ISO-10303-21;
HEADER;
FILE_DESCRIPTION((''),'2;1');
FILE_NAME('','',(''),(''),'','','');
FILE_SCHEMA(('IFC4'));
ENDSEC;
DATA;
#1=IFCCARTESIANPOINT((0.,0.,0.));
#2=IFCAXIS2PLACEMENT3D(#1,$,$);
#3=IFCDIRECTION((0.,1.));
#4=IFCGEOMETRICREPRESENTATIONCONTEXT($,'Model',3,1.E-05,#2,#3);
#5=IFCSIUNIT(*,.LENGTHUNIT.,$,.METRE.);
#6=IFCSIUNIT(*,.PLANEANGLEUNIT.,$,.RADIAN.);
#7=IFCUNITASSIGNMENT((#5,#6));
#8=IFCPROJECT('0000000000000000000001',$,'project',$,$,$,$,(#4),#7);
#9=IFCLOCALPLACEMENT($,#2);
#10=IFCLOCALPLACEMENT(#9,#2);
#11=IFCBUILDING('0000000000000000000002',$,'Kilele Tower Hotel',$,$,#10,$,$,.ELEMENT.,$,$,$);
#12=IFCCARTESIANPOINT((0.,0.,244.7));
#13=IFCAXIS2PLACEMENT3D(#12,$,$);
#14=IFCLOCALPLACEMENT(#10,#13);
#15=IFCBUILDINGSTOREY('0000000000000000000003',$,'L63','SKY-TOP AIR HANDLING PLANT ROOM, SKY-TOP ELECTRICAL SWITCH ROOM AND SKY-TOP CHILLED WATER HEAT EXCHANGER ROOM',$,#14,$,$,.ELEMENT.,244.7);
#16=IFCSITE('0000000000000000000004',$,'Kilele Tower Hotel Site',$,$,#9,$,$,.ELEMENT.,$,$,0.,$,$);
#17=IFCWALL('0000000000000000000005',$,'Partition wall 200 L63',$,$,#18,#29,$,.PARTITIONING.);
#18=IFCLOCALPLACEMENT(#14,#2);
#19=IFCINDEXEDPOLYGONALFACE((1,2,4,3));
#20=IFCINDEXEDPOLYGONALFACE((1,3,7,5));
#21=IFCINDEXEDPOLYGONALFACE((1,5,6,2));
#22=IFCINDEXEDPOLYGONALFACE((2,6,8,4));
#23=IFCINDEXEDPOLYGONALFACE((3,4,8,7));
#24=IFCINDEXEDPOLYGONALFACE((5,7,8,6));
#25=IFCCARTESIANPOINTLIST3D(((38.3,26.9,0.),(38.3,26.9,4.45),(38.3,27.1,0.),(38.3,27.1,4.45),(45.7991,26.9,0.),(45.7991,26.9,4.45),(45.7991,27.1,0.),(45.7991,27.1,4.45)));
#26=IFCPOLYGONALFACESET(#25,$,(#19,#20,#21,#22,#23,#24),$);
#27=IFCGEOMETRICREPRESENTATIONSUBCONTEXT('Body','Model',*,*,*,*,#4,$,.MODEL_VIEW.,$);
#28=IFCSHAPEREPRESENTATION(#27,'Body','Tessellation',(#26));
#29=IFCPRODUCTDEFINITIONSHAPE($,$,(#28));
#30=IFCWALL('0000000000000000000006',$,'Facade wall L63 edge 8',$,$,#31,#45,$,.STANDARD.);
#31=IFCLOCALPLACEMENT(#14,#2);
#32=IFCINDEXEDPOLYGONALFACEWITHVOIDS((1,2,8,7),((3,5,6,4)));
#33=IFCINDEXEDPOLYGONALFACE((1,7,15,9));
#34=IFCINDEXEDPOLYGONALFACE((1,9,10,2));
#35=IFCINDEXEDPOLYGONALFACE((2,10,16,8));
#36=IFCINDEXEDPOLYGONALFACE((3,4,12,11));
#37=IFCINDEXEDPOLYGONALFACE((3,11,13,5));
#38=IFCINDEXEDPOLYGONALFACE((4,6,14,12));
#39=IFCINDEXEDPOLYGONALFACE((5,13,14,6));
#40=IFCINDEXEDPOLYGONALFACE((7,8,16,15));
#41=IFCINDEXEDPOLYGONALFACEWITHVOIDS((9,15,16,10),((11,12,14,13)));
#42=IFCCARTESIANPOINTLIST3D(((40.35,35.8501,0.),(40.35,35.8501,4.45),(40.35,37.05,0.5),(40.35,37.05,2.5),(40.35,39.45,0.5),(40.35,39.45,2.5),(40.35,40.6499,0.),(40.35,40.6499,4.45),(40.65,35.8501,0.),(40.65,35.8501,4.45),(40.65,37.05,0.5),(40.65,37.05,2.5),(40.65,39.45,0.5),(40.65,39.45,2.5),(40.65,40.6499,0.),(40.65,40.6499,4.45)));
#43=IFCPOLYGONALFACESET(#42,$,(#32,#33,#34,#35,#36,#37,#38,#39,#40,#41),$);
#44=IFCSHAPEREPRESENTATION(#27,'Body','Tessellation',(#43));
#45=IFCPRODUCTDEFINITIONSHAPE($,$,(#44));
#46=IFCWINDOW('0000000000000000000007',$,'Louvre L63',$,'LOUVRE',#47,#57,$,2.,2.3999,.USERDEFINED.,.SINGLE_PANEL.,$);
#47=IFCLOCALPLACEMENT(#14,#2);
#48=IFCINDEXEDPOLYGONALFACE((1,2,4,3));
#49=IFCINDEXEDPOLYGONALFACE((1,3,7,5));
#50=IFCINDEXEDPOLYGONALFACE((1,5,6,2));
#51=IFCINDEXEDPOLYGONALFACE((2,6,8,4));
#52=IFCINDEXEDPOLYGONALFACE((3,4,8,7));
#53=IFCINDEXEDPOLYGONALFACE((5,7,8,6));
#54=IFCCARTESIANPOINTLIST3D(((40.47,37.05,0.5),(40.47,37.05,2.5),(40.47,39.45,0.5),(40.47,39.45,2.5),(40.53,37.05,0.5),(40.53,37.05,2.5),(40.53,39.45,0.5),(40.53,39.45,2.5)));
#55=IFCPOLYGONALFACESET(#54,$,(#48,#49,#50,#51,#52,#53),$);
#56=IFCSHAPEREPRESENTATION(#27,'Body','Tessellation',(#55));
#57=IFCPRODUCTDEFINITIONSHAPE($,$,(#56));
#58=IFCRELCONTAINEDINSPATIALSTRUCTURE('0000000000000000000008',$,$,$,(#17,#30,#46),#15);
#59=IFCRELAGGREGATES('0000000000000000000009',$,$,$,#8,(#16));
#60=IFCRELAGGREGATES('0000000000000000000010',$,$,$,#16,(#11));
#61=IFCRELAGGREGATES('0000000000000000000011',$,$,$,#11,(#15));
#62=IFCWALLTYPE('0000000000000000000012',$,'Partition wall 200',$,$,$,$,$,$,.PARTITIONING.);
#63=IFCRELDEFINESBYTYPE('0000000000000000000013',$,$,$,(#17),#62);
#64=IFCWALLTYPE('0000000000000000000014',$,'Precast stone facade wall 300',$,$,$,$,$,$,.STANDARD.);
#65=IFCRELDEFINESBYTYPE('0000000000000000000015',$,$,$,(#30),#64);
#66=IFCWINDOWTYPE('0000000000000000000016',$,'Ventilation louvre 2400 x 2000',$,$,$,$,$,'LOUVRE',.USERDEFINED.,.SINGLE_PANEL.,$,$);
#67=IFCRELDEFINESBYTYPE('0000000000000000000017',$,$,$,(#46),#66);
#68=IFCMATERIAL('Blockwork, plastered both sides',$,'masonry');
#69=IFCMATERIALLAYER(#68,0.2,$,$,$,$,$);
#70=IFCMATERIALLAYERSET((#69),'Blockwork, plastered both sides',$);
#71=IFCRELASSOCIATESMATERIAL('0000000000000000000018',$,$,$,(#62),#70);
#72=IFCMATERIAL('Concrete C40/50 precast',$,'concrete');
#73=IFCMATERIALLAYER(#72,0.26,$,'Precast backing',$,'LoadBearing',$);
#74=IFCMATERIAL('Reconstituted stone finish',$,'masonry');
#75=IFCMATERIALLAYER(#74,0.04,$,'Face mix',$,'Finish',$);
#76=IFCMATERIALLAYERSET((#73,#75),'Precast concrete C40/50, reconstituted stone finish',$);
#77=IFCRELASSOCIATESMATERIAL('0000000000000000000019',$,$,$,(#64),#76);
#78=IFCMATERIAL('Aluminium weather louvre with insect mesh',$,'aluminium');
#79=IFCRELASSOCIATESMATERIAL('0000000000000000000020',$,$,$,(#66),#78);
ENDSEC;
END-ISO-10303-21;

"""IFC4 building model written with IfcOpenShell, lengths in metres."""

from ifc_helpers import new_model, si_unit, direction, frame, frame_2d, origin, place, context, subcontext, project, spatial, rectangle, extrude, material, layer, layer_set, type_object, element, fill, save


model = new_model("IFC4")

# Units and contexts
model_context = context("Model", 3, precision=1e-05, world=origin(), true_north=direction((0.0, 1.0)))
body_context = subcontext(model_context, "Body", "Model", "MODEL_VIEW")
ifc_project = project(units=[si_unit("LENGTHUNIT", "METRE"), si_unit("PLANEANGLEUNIT", "RADIAN")], contexts=[model_context])

# Site, building, storey
site_placement = place(None, origin())
site = spatial("IfcSite", under=ifc_project, at=site_placement, Name="Kilele Tower Hotel Site", CompositionType="ELEMENT", RefElevation=0.0)
building_placement = place(site_placement, origin())
building = spatial("IfcBuilding", under=site, at=building_placement, Name="Kilele Tower Hotel", CompositionType="ELEMENT")
storey_placement = place(building_placement, frame((0.0, 0.0, 244.7)))
storey = spatial("IfcBuildingStorey", under=building, at=storey_placement, Name="L63", Description="SKY-TOP AIR HANDLING PLANT ROOM, SKY-TOP ELECTRICAL SWITCH ROOM AND SKY-TOP CHILLED WATER HEAT EXCHANGER ROOM", CompositionType="ELEMENT", Elevation=244.7)

# Wall
ifc_material_1 = material(Name="Blockwork, plastered both sides", Category="masonry")
ifc_layer_1 = layer(ifc_material_1, 0.2)
ifc_layer_set_1 = layer_set([ifc_layer_1], Name="Blockwork, plastered both sides")
wall_type_1 = type_object("IfcWallType", Name="Partition wall 200", PredefinedType="PARTITIONING", material=ifc_layer_set_1)
wall_1_placement = place(storey_placement, frame((38.3, 27.0, 0.0), z_axis=(0.0, 0.0, 1.0), x_axis=(1.0, 0.0, 0.0)))
element("IfcWall", 1, at=wall_1_placement, inside=storey, type_object=wall_type_1, Name="Partition wall 200 L63", PredefinedType="PARTITIONING", context=body_context, shape_type="SweptSolid", body=[
    extrude(rectangle(XDim=7.499, YDim=0.2, at=frame_2d((3.7495, 0.0))), origin(), (0.0, 0.0, 1.0), 4.45),
])

# Wall, opening, window
ifc_material_2 = material(Name="Concrete C40/50 precast", Category="concrete")
ifc_layer_2 = layer(ifc_material_2, 0.26, Name="Precast backing", Category="LoadBearing")
ifc_material_3 = material(Name="Reconstituted stone finish", Category="masonry")
ifc_layer_3 = layer(ifc_material_3, 0.04, Name="Face mix", Category="Finish")
ifc_layer_set_2 = layer_set([ifc_layer_2, ifc_layer_3], Name="Precast concrete C40/50, reconstituted stone finish")
wall_type_2 = type_object("IfcWallType", Name="Precast stone facade wall 300", PredefinedType="STANDARD", material=ifc_layer_set_2)
wall_2_placement = place(storey_placement, frame((40.5, 35.8501, 0.0), z_axis=(0.0, 0.0, 1.0), x_axis=(0.0, 1.0, 0.0)))
wall_2 = element("IfcWall", 2, at=wall_2_placement, inside=storey, type_object=wall_type_2, Name="Facade wall L63 edge 8", PredefinedType="STANDARD", context=body_context, shape_type="SweptSolid", body=[
    extrude(rectangle(XDim=4.7998, YDim=0.3, at=frame_2d((2.3999, 0.0))), origin(), (0.0, 0.0, 1.0), 4.45),
])
opening_1_placement = place(wall_2_placement, frame((1.2, 0.0, 0.5)))
opening_1 = element("IfcOpeningElement", 3, at=opening_1_placement, cuts=wall_2, PredefinedType="OPENING", context=body_context, shape_type="SweptSolid", body=[
    extrude(rectangle(XDim=2.3999, YDim=2.0, at=frame_2d((1.2, 1.0))), frame((0.0, 0.1599, 0.0), z_axis=(0.0, -1.0, 0.0), x_axis=(1.0, 0.0, 0.0)), (0.0, 0.0, 1.0), 0.3201),
])
ifc_material_4 = material(Name="Aluminium weather louvre with insect mesh", Category="aluminium")
window_type = type_object("IfcWindowType", Name="Ventilation louvre 2400 x 2000", ElementType="LOUVRE", PartitioningType="SINGLE_PANEL", PredefinedType="USERDEFINED", material=ifc_material_4)
window_placement = place(opening_1_placement, origin())
window = element("IfcWindow", 4, at=window_placement, inside=storey, type_object=window_type, Name="Louvre L63", ObjectType="LOUVRE", OverallHeight=2.0, OverallWidth=2.3999, PartitioningType="SINGLE_PANEL", PredefinedType="USERDEFINED", context=body_context, shape_type="SweptSolid", body=[
    extrude(rectangle(XDim=2.3999, YDim=2.0, at=frame_2d((1.2, 1.0))), frame((0.0, 0.03, 0.0), z_axis=(0.0, -1.0, 0.0), x_axis=(1.0, 0.0, 0.0)), (0.0, 0.0, 1.0), 0.0601),
])
fill(opening_1, window)

save(model, "model.ifc")
